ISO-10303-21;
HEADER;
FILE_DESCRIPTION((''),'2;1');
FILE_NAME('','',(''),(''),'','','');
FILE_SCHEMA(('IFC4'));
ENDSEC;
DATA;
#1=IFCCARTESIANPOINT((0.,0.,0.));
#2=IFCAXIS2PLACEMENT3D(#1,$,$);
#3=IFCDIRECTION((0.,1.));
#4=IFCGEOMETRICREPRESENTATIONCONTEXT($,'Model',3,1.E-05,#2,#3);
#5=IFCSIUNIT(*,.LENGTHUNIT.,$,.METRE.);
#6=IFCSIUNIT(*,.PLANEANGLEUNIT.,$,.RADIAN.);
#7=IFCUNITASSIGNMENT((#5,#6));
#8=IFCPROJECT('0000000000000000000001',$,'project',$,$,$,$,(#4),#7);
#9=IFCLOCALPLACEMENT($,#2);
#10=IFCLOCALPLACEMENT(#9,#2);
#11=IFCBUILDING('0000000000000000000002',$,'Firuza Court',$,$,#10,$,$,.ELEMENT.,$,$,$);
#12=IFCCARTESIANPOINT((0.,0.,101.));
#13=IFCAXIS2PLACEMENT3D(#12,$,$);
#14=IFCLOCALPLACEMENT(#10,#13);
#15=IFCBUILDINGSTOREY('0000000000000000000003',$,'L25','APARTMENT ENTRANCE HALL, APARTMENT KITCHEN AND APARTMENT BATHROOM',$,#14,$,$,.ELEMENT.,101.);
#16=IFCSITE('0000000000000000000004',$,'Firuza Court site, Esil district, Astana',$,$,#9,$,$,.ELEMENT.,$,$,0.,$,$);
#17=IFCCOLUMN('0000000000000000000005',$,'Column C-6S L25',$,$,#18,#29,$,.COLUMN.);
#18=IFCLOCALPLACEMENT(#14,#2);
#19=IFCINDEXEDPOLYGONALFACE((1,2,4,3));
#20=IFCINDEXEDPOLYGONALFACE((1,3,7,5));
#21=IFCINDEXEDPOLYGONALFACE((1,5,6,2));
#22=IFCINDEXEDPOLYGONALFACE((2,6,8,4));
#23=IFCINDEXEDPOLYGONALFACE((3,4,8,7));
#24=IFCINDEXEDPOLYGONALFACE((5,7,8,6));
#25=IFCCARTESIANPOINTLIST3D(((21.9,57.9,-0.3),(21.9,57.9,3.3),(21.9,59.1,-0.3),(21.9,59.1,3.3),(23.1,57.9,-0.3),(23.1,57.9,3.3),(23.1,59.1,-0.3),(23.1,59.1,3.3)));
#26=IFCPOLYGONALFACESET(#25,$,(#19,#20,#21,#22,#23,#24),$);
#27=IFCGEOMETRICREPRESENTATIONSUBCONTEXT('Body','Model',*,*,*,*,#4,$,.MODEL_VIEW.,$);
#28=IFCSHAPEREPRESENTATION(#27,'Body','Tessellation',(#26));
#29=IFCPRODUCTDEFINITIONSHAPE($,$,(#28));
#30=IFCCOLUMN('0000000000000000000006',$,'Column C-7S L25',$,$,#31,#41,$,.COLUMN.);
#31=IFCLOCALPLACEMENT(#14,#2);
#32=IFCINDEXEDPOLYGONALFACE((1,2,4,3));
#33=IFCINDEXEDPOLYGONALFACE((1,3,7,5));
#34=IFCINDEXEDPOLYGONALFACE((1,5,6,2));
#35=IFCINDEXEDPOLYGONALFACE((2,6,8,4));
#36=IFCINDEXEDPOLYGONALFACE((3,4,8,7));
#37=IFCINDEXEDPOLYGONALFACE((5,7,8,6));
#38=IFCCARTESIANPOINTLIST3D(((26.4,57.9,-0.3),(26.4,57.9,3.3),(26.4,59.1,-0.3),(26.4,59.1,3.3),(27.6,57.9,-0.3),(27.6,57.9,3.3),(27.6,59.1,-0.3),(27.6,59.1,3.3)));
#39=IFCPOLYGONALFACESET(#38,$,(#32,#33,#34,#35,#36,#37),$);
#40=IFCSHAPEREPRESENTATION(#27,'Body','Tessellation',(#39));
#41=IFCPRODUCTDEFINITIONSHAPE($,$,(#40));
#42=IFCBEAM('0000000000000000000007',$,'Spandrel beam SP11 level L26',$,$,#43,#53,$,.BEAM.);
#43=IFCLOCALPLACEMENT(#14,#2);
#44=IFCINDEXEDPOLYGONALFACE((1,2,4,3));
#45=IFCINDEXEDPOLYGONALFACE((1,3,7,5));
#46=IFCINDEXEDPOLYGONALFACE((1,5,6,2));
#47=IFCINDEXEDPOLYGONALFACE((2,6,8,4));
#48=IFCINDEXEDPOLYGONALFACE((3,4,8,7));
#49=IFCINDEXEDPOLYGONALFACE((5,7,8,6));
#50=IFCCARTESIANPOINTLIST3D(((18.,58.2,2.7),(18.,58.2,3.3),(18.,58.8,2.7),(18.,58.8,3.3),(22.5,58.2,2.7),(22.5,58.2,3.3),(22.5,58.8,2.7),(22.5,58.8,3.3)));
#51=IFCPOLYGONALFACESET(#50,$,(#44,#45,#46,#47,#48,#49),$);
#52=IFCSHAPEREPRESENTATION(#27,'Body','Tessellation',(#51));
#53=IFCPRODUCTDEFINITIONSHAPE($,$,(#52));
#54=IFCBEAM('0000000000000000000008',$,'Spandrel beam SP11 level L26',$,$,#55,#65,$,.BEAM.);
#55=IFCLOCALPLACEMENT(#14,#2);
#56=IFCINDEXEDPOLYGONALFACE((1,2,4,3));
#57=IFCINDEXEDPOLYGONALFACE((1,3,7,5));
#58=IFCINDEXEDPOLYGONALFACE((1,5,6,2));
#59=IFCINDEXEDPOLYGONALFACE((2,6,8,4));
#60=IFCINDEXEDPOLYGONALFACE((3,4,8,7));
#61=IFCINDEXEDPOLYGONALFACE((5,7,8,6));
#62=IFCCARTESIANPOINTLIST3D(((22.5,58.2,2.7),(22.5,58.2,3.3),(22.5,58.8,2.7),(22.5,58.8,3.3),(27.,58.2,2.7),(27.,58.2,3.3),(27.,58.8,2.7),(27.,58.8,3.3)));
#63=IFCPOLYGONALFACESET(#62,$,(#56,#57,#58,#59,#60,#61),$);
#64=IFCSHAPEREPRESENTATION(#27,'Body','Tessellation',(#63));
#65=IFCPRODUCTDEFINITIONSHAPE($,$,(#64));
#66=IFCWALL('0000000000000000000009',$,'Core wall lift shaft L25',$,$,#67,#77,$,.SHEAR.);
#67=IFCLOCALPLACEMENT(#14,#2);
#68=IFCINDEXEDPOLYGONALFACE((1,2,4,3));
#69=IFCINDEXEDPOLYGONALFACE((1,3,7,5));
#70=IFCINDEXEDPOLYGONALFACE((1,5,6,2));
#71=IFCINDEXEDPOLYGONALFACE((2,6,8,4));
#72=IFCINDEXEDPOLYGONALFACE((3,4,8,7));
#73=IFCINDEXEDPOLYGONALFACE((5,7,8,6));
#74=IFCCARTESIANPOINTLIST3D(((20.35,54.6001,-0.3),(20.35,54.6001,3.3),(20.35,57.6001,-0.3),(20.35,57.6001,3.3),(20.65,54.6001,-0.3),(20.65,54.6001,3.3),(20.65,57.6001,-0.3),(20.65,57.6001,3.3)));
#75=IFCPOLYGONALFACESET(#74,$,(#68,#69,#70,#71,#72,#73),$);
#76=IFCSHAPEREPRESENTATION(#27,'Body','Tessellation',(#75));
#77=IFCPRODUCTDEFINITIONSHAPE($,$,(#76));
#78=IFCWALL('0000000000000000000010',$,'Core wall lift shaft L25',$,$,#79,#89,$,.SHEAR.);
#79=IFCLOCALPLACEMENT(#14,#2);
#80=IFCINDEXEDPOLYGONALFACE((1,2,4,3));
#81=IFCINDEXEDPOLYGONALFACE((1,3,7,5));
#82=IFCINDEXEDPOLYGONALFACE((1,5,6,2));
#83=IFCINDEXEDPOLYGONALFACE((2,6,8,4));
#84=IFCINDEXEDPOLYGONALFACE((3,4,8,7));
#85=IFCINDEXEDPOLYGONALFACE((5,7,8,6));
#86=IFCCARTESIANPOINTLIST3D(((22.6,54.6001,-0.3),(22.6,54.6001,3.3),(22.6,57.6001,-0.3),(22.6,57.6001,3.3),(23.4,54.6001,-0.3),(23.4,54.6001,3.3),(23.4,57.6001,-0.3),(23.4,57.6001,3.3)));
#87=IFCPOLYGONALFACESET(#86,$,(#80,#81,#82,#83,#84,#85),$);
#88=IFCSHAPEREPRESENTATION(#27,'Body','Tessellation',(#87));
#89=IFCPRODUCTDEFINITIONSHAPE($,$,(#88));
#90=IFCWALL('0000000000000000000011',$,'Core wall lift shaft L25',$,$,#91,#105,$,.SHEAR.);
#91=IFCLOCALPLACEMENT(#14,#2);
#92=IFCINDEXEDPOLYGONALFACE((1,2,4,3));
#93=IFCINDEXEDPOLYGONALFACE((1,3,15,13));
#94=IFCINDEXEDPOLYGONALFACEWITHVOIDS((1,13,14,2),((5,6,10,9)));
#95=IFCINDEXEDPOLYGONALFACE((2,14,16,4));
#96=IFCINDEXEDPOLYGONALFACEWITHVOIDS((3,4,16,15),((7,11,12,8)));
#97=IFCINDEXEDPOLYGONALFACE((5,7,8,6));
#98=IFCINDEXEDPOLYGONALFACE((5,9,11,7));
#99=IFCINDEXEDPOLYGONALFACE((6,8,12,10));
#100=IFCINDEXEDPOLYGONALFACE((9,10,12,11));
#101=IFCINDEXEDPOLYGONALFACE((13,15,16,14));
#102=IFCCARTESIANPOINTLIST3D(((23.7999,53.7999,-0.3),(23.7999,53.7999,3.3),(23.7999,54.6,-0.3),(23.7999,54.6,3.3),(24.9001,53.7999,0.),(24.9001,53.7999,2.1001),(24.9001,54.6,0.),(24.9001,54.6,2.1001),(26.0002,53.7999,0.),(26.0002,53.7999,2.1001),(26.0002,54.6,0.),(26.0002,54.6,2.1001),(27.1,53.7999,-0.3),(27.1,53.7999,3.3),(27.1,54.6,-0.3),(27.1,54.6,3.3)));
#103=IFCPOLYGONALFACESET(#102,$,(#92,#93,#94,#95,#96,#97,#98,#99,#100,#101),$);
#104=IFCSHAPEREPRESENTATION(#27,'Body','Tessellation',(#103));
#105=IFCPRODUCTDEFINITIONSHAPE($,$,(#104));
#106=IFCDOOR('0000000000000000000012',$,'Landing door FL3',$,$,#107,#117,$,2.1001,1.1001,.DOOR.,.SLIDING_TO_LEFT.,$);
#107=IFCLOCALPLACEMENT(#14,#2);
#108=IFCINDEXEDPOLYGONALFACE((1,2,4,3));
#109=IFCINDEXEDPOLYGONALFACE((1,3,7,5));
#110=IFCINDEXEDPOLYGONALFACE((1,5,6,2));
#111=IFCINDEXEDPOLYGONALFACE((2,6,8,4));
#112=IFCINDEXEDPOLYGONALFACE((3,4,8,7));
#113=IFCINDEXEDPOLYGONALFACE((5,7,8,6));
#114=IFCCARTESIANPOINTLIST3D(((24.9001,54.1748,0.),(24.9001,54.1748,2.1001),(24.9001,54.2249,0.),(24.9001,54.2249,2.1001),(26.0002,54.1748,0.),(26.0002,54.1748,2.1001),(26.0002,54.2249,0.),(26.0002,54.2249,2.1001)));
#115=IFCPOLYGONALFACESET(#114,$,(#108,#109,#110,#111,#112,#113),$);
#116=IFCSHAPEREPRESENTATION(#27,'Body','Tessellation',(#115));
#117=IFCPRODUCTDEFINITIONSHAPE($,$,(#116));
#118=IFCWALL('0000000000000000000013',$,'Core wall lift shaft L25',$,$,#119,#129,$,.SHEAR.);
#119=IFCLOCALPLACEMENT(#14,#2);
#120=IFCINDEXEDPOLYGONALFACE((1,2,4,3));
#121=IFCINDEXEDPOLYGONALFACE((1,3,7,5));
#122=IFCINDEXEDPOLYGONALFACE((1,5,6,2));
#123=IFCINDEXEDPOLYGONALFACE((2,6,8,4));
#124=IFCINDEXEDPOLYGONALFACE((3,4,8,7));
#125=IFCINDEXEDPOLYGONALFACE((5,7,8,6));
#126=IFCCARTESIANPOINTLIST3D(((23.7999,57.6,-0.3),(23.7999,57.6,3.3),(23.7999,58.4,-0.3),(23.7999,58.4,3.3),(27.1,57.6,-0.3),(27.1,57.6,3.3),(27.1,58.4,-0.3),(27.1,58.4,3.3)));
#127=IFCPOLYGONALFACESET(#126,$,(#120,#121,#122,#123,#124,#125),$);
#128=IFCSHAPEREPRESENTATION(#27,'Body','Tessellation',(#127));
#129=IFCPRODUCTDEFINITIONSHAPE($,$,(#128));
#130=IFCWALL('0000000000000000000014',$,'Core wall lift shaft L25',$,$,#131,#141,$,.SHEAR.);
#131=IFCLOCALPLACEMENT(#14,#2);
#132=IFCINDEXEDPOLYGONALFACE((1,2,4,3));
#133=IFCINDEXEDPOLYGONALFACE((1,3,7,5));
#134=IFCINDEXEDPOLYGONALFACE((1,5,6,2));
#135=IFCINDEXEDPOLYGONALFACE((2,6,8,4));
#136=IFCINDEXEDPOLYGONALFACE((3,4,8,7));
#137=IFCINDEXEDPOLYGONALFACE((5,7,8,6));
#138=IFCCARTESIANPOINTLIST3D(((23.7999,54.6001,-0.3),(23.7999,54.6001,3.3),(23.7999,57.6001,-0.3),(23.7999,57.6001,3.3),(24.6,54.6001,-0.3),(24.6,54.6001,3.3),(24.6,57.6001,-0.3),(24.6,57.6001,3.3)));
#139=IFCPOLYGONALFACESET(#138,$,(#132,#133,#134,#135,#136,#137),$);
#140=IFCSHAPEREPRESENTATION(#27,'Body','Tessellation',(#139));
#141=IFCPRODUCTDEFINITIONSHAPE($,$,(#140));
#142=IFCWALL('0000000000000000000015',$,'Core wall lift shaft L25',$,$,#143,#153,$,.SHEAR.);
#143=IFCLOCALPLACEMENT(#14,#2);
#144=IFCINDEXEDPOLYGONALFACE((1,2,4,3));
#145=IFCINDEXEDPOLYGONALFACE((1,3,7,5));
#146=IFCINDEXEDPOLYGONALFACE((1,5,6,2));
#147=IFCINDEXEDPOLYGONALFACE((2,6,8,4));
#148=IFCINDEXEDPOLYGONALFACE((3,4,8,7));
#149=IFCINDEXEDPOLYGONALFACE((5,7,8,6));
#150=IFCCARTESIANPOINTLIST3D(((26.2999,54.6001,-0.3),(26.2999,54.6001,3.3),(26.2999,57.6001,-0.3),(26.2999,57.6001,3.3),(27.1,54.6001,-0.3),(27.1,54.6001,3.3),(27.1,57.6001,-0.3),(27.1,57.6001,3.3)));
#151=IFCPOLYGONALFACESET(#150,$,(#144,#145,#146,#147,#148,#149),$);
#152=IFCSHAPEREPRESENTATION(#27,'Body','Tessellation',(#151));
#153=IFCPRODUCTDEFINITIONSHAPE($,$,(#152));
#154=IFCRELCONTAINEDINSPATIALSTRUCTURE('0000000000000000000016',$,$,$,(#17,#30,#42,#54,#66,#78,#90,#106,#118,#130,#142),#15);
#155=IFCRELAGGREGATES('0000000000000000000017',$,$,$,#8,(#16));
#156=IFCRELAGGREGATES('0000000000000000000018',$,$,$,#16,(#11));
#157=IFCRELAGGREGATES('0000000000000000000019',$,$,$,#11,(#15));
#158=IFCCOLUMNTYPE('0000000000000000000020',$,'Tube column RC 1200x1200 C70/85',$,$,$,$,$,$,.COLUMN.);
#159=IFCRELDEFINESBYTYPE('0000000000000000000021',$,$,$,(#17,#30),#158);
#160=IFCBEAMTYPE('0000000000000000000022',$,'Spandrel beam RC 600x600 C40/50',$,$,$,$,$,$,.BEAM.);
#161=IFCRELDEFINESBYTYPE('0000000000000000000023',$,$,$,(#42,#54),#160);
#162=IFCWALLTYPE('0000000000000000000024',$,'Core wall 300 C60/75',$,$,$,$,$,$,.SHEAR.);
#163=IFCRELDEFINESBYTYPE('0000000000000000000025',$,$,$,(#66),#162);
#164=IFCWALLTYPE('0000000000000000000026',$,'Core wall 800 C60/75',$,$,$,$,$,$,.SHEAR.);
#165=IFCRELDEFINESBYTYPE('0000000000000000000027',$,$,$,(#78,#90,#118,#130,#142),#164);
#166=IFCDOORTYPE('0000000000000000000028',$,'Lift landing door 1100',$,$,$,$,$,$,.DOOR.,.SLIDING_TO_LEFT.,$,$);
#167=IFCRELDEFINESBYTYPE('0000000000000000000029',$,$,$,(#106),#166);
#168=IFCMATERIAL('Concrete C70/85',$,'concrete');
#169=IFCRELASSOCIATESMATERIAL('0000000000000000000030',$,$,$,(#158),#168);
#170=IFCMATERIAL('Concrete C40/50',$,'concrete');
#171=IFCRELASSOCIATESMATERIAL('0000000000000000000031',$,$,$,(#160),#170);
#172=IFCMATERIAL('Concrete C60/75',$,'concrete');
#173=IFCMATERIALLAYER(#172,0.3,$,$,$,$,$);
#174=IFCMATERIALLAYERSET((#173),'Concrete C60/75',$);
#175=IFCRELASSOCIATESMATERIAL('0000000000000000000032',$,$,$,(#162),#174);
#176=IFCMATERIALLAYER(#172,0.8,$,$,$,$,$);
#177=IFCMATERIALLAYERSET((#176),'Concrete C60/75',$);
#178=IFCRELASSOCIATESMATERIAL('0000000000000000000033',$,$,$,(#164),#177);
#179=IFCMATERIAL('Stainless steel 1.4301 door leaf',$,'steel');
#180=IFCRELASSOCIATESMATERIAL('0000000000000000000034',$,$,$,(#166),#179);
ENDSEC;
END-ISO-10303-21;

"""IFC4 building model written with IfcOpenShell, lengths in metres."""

from ifc_helpers import new_model, si_unit, direction, frame, frame_2d, origin, origin_2d, place, context, subcontext, project, spatial, rectangle, extrude, material, layer, layer_set, material_profile, profile_set, type_object, element, fill, save


model = new_model("IFC4")

# Units and contexts
model_context = context("Model", 3, precision=1e-05, world=origin(), true_north=direction((0.0, 1.0)))
body_context = subcontext(model_context, "Body", "Model", "MODEL_VIEW")
ifc_project = project(units=[si_unit("LENGTHUNIT", "METRE"), si_unit("PLANEANGLEUNIT", "RADIAN")], contexts=[model_context])

# Site, building, storey
site_placement = place(None, origin())
site = spatial("IfcSite", under=ifc_project, at=site_placement, Name="Firuza Court site, Esil district, Astana", CompositionType="ELEMENT", RefElevation=0.0)
building_placement = place(site_placement, origin())
building = spatial("IfcBuilding", under=site, at=building_placement, Name="Firuza Court", CompositionType="ELEMENT")
storey_placement = place(building_placement, frame((0.0, 0.0, 101.0)))
storey = spatial("IfcBuildingStorey", under=building, at=storey_placement, Name="L25", Description="APARTMENT ENTRANCE HALL, APARTMENT KITCHEN AND APARTMENT BATHROOM", CompositionType="ELEMENT", Elevation=101.0)

# Columns
ifc_material_1 = material(Name="Concrete C70/85", Category="concrete")
ifc_material_profile_1 = material_profile(ifc_material_1, rectangle(XDim=1.2, YDim=1.2, at=origin_2d()), Name="RC 1200x1200")
ifc_profile_set_1 = profile_set([ifc_material_profile_1], Name="Concrete C70/85")
column_type = type_object("IfcColumnType", Name="Tube column RC 1200x1200 C70/85", PredefinedType="COLUMN", material=ifc_profile_set_1)
for number, where, z_axis, x_axis, name in (
    (1, (22.5, 58.5, -0.3), (0.0, 0.0, 1.0), (1.0, 0.0, 0.0), "Column C-6S L25"),
    (2, (27.0, 58.5, -0.3), (0.0, 0.0, 1.0), (1.0, 0.0, 0.0), "Column C-7S L25"),
):
    element("IfcColumn", number, at=place(storey_placement, frame(where, z_axis=z_axis, x_axis=x_axis)), inside=storey, type_object=column_type, Name=name, PredefinedType="COLUMN", context=body_context, shape_type="SweptSolid", body=[
        extrude(rectangle(XDim=1.2, YDim=1.2, at=origin_2d()), origin(), (0.0, 0.0, 1.0), 3.6001),
    ])

# Beams
ifc_material_2 = material(Name="Concrete C40/50", Category="concrete")
ifc_material_profile_2 = material_profile(ifc_material_2, rectangle(XDim=0.6001, YDim=0.6001, at=origin_2d()), Name="RC 600x600")
ifc_profile_set_2 = profile_set([ifc_material_profile_2], Name="Concrete C40/50")
beam_type = type_object("IfcBeamType", Name="Spandrel beam RC 600x600 C40/50", PredefinedType="BEAM", material=ifc_profile_set_2)
for number, where, z_axis, x_axis, name in (
    (3, (22.5, 58.5, 3.0), (-1.0, 0.0, 0.0), (0.0, -1.0, 0.0), "Spandrel beam SP11 level L26"),
    (4, (27.0, 58.5, 3.0), (-1.0, 0.0, 0.0), (0.0, -1.0, 0.0), "Spandrel beam SP11 level L26"),
):
    element("IfcBeam", number, at=place(storey_placement, frame(where, z_axis=z_axis, x_axis=x_axis)), inside=storey, type_object=beam_type, Name=name, PredefinedType="BEAM", context=body_context, shape_type="SweptSolid", body=[
        extrude(rectangle(XDim=0.6001, YDim=0.6001, at=origin_2d()), origin(), (0.0, 0.0, 1.0), 4.5),
    ])

# Walls
ifc_material_3 = material(Name="Concrete C60/75", Category="concrete")
ifc_layer_1 = layer(ifc_material_3, 0.3)
ifc_layer_set_1 = layer_set([ifc_layer_1], Name="Concrete C60/75")
wall_type_1 = type_object("IfcWallType", Name="Core wall 300 C60/75", PredefinedType="SHEAR", material=ifc_layer_set_1)
wall_1_placement = place(storey_placement, frame((20.5, 54.6001, -0.3), z_axis=(0.0, 0.0, 1.0), x_axis=(0.0, 1.0, 0.0)))
element("IfcWall", 5, at=wall_1_placement, inside=storey, type_object=wall_type_1, Name="Core wall lift shaft L25", PredefinedType="SHEAR", context=body_context, shape_type="SweptSolid", body=[
    extrude(rectangle(XDim=3.0, YDim=0.3, at=frame_2d((1.5, 0.0))), origin(), (0.0, 0.0, 1.0), 3.6001),
])
ifc_layer_2 = layer(ifc_material_3, 0.8)
ifc_layer_set_2 = layer_set([ifc_layer_2], Name="Concrete C60/75")
wall_type_2 = type_object("IfcWallType", Name="Core wall 800 C60/75", PredefinedType="SHEAR", material=ifc_layer_set_2)
wall_2_placement = place(storey_placement, frame((23.0, 54.6001, -0.3), z_axis=(0.0, 0.0, 1.0), x_axis=(0.0, 1.0, 0.0)))
element("IfcWall", 6, at=wall_2_placement, inside=storey, type_object=wall_type_2, Name="Core wall lift shaft L25", PredefinedType="SHEAR", context=body_context, shape_type="SweptSolid", body=[
    extrude(rectangle(XDim=3.0, YDim=0.8, at=frame_2d((1.5, 0.0))), origin(), (0.0, 0.0, 1.0), 3.6001),
])

# Wall, opening, door
wall_3_placement = place(storey_placement, frame((23.8, 54.2, -0.3), z_axis=(0.0, 0.0, 1.0), x_axis=(1.0, 0.0, 0.0)))
wall_3 = element("IfcWall", 7, at=wall_3_placement, inside=storey, type_object=wall_type_2, Name="Core wall lift shaft L25", PredefinedType="SHEAR", context=body_context, shape_type="SweptSolid", body=[
    extrude(rectangle(XDim=3.3, YDim=0.8, at=frame_2d((1.6499, 0.0))), origin(), (0.0, 0.0, 1.0), 3.6001),
])
opening_1_placement = place(wall_3_placement, frame((1.1001, 0.0, 0.3)))
opening_1 = element("IfcOpeningElement", 8, at=opening_1_placement, cuts=wall_3, PredefinedType="OPENING", context=body_context, shape_type="SweptSolid", body=[
    extrude(rectangle(XDim=1.1001, YDim=2.1001, at=frame_2d((0.55, 1.05))), frame((0.0, 0.4121, 0.0), z_axis=(0.0, -1.0, 0.0), x_axis=(1.0, 0.0, 0.0)), (0.0, 0.0, 1.0), 0.824),
])
ifc_material_4 = material(Name="Stainless steel 1.4301 door leaf", Category="steel")
door_type_1 = type_object("IfcDoorType", Name="Lift landing door 1100", OperationType="SLIDING_TO_LEFT", PredefinedType="DOOR", material=ifc_material_4)
door_1_placement = place(opening_1_placement, origin())
door_1 = element("IfcDoor", 9, at=door_1_placement, inside=storey, type_object=door_type_1, Name="Landing door FL3", OperationType="SLIDING_TO_LEFT", OverallHeight=2.1001, OverallWidth=1.1001, PredefinedType="DOOR", context=body_context, shape_type="SweptSolid", body=[
    extrude(rectangle(XDim=1.1001, YDim=2.1001, at=frame_2d((0.55, 1.05))), frame((0.0, 0.0249, 0.0), z_axis=(0.0, -1.0, 0.0), x_axis=(1.0, 0.0, 0.0)), (0.0, 0.0, 1.0), 0.05),
])
fill(opening_1, door_1)

# Walls
wall_4_placement = place(storey_placement, frame((23.8, 58.0, -0.3), z_axis=(0.0, 0.0, 1.0), x_axis=(1.0, 0.0, 0.0)))
element("IfcWall", 10, at=wall_4_placement, inside=storey, type_object=wall_type_2, Name="Core wall lift shaft L25", PredefinedType="SHEAR", context=body_context, shape_type="SweptSolid", body=[
    extrude(rectangle(XDim=3.3, YDim=0.8, at=frame_2d((1.6499, 0.0))), origin(), (0.0, 0.0, 1.0), 3.6001),
])
for number, where, z_axis, x_axis, name in (
    (11, (24.2, 54.6001, -0.3), (0.0, 0.0, 1.0), (0.0, 1.0, 0.0), "Core wall lift shaft L25"),
    (12, (26.7, 54.6001, -0.3), (0.0, 0.0, 1.0), (0.0, 1.0, 0.0), "Core wall lift shaft L25"),
):
    element("IfcWall", number, at=place(storey_placement, frame(where, z_axis=z_axis, x_axis=x_axis)), inside=storey, type_object=wall_type_2, Name=name, PredefinedType="SHEAR", context=body_context, shape_type="SweptSolid", body=[
        extrude(rectangle(XDim=3.0, YDim=0.8, at=frame_2d((1.5, 0.0))), origin(), (0.0, 0.0, 1.0), 3.6001),
    ])

save(model, "model.ifc")
